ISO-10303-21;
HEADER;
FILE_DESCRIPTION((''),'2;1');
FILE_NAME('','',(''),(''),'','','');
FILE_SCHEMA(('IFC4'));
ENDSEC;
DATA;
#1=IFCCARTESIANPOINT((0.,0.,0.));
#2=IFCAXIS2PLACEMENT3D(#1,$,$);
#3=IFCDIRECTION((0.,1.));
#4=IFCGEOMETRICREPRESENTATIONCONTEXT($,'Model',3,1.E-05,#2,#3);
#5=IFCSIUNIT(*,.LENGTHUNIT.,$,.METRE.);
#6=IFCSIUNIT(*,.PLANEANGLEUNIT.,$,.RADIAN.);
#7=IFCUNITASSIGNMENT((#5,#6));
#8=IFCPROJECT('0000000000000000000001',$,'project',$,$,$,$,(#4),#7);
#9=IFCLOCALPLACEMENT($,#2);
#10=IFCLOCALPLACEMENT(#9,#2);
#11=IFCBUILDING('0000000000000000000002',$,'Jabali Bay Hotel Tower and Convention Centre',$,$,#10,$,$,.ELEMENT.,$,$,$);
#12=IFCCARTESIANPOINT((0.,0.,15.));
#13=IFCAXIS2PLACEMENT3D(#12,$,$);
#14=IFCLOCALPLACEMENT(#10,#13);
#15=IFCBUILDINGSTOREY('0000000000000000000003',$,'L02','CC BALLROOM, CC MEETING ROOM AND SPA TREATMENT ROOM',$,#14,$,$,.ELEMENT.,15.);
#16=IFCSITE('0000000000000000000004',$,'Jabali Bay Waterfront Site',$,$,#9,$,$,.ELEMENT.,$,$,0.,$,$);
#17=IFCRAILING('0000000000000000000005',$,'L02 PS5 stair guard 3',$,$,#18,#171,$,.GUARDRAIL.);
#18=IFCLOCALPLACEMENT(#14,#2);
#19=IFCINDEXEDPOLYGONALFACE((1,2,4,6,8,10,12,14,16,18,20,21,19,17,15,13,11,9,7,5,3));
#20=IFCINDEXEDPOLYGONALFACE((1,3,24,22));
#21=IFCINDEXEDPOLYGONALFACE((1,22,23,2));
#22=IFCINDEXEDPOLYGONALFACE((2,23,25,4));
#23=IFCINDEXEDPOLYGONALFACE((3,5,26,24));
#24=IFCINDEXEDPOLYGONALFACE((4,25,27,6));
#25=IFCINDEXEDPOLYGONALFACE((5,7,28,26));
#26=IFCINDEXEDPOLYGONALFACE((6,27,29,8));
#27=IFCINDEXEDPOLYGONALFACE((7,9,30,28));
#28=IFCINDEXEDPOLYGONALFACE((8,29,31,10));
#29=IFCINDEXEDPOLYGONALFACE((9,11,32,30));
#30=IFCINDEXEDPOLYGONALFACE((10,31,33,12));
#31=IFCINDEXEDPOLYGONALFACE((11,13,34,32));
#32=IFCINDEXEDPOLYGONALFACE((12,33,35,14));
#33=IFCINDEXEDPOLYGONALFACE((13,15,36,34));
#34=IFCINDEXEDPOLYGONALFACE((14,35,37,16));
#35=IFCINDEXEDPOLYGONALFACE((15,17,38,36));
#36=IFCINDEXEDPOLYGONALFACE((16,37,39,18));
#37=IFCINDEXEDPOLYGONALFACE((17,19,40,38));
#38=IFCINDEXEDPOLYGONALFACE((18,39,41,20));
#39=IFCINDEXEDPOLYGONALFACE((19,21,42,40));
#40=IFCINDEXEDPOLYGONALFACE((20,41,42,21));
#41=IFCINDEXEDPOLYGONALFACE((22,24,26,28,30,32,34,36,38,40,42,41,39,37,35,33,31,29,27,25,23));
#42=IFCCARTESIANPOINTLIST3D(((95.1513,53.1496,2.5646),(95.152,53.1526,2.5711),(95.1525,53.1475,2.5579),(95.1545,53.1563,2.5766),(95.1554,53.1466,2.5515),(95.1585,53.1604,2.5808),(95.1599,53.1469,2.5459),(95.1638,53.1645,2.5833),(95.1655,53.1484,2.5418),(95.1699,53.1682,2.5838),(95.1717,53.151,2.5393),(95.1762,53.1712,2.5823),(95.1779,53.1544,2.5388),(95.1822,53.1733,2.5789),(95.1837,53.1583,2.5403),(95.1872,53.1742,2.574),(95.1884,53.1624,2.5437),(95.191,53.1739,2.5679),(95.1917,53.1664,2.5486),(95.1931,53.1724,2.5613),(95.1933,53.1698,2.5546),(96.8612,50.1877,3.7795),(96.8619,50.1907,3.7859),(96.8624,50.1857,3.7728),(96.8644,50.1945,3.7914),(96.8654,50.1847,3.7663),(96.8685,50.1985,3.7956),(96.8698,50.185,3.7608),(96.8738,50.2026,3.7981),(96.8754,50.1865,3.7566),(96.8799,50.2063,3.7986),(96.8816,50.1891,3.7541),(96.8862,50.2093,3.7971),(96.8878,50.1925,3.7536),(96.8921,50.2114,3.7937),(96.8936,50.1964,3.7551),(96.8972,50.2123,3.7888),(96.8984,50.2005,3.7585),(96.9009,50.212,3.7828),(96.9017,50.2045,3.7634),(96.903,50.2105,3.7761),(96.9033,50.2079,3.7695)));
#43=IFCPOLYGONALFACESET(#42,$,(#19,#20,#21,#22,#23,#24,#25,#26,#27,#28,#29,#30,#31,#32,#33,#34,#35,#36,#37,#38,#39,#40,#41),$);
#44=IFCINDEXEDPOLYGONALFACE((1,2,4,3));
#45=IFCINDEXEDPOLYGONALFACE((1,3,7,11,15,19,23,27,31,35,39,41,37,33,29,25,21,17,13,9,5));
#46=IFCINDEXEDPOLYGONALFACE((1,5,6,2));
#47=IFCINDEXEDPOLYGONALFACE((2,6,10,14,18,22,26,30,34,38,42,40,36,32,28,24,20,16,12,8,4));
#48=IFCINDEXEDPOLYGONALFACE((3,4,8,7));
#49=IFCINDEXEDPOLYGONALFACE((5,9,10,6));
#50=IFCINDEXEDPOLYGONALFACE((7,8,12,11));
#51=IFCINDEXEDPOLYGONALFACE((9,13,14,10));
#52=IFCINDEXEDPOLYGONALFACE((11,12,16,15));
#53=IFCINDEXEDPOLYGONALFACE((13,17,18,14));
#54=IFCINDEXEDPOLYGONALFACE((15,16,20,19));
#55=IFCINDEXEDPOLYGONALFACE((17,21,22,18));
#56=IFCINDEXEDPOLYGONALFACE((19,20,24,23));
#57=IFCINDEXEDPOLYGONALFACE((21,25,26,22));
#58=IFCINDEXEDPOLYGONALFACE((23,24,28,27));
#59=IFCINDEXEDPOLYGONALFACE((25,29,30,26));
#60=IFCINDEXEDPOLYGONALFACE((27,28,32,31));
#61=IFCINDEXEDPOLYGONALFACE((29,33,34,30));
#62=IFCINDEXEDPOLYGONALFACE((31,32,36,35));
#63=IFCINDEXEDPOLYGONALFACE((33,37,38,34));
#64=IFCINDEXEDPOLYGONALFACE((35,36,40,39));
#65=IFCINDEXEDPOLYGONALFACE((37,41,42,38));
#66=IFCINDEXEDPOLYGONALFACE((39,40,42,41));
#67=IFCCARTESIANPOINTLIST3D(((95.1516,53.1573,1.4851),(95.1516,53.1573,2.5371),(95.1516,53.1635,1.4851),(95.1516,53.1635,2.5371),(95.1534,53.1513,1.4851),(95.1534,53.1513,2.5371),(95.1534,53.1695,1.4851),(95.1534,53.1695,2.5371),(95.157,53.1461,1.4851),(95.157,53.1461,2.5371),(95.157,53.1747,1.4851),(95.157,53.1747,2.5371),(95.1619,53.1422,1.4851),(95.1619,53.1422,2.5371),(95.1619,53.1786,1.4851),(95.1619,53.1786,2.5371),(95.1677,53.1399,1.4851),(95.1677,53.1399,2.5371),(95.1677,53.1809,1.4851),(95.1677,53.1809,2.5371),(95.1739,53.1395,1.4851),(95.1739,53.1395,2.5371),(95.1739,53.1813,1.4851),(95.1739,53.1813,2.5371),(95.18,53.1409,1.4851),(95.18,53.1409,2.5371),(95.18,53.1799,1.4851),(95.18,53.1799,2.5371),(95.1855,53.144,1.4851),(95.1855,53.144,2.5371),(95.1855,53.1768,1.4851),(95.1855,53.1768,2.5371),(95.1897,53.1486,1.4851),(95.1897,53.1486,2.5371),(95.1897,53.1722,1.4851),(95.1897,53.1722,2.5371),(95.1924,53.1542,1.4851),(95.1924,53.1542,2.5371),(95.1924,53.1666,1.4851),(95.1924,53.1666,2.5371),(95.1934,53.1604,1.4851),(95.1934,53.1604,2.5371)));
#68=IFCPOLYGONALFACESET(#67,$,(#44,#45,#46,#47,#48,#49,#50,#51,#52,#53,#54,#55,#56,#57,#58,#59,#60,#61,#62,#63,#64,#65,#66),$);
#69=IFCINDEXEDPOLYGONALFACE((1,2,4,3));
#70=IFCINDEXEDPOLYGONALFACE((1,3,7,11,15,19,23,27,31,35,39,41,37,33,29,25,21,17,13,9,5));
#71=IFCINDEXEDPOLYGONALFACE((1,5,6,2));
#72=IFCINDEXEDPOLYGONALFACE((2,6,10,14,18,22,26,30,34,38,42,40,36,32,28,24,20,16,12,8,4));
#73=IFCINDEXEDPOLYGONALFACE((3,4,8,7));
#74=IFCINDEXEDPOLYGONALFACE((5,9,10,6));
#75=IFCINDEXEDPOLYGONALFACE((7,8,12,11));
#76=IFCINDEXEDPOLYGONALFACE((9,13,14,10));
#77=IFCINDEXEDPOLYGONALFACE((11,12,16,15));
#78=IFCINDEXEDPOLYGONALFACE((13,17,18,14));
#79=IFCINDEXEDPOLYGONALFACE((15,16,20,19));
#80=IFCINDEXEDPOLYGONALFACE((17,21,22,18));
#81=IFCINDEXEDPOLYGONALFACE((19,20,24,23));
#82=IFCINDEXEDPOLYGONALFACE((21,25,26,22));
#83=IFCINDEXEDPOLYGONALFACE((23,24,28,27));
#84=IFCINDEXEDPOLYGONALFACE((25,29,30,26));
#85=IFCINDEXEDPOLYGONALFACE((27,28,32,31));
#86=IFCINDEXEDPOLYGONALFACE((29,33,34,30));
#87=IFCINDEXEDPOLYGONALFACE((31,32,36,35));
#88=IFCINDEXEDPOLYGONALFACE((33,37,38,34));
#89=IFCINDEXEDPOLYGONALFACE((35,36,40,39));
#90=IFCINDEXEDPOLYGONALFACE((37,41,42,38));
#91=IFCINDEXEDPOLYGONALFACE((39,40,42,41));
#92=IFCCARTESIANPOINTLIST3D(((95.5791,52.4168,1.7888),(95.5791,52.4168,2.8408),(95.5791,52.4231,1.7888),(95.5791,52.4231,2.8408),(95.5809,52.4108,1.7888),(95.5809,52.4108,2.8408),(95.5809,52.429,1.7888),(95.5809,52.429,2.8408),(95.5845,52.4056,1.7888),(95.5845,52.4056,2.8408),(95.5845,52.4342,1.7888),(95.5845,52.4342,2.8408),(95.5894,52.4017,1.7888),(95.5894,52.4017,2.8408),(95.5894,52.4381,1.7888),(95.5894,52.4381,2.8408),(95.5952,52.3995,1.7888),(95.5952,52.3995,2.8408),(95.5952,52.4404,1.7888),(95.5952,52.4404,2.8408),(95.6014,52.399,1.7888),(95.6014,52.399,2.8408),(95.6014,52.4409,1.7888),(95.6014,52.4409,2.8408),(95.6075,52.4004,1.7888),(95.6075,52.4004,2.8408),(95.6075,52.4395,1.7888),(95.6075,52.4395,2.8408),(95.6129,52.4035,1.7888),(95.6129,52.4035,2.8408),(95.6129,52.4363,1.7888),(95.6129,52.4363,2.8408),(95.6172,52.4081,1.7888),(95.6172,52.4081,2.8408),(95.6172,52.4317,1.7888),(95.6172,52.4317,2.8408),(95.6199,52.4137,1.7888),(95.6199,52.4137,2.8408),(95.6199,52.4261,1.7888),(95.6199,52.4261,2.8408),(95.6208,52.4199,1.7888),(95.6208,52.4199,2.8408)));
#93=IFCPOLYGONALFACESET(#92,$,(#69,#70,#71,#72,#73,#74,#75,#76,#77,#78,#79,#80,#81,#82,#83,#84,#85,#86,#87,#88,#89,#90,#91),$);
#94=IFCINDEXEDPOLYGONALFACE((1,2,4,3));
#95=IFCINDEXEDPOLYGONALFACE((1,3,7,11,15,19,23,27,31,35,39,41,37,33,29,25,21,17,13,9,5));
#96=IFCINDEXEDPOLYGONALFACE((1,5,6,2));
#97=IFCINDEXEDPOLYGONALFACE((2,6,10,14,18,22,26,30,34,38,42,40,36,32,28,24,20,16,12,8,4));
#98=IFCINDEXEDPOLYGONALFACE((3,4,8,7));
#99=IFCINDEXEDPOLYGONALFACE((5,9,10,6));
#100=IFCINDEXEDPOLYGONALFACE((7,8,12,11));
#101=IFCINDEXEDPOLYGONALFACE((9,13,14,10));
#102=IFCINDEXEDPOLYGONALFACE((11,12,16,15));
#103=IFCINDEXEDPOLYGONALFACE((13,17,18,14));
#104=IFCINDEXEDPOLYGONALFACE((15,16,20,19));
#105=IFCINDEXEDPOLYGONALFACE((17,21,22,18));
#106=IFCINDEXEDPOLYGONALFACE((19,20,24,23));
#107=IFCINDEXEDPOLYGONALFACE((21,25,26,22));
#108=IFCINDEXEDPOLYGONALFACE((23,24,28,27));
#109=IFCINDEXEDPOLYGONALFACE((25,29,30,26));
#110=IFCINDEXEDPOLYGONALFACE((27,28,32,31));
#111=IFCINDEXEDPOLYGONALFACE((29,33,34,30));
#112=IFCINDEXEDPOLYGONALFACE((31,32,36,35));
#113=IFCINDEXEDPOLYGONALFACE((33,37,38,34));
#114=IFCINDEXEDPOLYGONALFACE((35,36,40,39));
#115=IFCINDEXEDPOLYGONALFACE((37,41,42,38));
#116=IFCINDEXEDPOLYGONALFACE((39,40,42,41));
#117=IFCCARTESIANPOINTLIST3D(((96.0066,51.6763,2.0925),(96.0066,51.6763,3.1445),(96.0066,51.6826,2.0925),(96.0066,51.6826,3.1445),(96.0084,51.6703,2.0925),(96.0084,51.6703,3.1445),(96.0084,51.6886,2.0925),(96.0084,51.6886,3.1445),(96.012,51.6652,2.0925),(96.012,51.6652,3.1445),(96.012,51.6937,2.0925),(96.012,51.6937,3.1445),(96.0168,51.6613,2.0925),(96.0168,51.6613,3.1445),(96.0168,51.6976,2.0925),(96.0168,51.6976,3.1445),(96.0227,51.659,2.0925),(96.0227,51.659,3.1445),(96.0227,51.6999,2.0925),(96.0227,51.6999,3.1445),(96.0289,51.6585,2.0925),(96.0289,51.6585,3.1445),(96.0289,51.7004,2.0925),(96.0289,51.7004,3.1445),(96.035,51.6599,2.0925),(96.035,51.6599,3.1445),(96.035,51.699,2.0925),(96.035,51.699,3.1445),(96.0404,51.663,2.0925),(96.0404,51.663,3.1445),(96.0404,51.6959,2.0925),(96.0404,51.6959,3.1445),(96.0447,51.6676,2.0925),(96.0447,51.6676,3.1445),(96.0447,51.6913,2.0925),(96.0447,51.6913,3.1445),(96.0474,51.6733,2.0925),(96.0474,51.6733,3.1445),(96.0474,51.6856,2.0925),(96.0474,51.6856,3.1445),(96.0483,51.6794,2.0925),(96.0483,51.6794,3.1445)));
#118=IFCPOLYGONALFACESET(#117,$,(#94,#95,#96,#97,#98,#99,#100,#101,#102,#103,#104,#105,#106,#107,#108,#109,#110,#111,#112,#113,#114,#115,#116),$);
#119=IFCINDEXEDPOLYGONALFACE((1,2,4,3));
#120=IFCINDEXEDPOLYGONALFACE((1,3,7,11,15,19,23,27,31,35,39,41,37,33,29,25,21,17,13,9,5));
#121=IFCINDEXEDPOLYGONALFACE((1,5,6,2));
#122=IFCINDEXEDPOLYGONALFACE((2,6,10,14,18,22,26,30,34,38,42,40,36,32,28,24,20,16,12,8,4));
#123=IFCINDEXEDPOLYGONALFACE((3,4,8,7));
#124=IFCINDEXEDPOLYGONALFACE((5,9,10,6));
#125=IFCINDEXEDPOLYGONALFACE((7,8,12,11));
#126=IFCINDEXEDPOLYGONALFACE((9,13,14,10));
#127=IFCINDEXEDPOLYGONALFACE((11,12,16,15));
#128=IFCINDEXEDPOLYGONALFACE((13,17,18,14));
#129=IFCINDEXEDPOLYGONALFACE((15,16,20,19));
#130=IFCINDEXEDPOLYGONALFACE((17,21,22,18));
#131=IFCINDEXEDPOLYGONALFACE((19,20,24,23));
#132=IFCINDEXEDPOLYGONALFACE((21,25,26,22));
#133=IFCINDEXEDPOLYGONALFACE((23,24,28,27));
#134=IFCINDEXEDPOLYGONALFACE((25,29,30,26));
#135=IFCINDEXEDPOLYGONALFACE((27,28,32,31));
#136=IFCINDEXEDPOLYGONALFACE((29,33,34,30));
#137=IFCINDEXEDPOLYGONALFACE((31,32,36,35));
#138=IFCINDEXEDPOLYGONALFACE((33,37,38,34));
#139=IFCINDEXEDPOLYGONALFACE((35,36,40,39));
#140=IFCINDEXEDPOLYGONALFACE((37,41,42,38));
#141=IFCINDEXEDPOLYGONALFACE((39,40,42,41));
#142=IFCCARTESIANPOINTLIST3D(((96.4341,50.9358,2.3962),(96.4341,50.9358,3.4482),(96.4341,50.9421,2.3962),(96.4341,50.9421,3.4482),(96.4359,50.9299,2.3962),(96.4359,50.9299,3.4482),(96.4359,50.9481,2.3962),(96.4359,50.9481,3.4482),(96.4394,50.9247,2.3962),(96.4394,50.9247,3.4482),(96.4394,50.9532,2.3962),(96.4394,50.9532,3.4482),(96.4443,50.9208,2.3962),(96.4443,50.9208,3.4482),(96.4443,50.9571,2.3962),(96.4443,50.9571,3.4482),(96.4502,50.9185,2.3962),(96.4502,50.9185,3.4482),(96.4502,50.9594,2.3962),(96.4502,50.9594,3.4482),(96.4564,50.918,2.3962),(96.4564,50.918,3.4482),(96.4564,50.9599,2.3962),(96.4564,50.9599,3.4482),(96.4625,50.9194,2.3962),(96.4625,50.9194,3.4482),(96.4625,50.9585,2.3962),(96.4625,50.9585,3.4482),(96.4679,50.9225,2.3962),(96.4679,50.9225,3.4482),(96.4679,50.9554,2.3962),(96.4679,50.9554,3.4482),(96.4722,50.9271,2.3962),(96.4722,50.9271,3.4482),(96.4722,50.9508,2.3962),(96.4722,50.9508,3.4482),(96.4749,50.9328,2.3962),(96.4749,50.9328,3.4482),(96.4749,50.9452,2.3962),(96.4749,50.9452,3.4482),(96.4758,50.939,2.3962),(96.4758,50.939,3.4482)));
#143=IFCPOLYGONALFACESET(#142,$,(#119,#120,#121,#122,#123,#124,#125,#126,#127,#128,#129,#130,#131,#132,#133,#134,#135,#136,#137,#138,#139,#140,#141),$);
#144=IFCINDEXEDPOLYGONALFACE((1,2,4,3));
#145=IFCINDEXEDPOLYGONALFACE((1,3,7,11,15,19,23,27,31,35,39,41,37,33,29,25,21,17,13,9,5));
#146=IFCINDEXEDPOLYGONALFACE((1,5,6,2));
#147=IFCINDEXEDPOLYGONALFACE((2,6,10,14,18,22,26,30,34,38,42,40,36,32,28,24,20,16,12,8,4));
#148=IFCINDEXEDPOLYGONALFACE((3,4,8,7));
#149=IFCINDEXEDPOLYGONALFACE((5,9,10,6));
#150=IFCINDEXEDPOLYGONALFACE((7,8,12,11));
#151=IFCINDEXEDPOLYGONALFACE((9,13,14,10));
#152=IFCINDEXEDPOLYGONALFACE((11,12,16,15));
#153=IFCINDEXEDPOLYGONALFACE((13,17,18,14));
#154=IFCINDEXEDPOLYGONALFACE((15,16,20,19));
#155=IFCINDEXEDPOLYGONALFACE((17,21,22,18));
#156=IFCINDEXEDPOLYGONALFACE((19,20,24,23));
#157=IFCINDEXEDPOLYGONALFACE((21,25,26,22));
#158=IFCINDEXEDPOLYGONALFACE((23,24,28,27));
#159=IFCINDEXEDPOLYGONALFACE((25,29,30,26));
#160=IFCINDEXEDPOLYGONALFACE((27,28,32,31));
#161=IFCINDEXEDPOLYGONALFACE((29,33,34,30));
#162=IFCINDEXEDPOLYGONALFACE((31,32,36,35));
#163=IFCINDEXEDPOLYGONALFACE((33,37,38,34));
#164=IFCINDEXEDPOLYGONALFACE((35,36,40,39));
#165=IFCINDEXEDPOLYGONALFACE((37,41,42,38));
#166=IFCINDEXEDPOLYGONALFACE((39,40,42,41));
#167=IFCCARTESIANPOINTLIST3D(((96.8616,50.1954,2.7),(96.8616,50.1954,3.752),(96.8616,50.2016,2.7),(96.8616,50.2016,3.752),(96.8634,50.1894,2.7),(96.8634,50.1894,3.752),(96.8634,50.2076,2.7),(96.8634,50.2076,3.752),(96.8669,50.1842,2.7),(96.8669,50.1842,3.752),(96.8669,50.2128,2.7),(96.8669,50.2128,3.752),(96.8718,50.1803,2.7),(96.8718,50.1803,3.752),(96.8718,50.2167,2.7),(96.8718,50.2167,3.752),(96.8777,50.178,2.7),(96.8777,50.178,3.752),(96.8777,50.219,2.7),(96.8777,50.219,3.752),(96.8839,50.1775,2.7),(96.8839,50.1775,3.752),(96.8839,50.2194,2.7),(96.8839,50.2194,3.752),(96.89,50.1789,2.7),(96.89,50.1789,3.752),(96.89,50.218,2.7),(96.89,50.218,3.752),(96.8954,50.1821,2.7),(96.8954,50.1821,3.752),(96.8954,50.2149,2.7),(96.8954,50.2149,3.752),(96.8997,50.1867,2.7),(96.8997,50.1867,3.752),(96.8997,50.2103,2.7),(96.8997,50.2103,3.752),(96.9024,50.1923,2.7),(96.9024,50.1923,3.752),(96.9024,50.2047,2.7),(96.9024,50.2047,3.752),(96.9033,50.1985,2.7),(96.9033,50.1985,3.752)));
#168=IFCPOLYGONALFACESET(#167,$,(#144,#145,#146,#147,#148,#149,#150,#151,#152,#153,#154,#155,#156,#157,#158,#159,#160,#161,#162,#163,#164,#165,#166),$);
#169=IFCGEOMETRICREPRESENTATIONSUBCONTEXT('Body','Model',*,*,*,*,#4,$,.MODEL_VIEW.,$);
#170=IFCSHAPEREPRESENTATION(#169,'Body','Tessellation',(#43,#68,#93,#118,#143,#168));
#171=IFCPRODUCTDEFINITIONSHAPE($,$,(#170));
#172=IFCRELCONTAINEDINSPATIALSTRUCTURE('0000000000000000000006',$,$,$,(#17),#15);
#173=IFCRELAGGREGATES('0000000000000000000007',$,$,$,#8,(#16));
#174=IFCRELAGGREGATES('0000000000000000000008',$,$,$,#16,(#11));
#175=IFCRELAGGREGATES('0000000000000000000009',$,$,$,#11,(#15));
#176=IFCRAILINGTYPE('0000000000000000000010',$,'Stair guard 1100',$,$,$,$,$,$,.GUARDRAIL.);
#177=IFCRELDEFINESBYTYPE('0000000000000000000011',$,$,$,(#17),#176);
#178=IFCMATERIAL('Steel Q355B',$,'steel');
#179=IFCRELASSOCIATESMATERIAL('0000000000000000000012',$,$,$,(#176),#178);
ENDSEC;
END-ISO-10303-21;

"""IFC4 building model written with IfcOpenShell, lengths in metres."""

from ifc_helpers import new_model, si_unit, direction, frame, origin, origin_2d, place, context, subcontext, project, spatial, circle, extrude, material, type_object, element, save


model = new_model("IFC4")

# Units and contexts
model_context = context("Model", 3, precision=1e-05, world=origin(), true_north=direction((0.0, 1.0)))
body_context = subcontext(model_context, "Body", "Model", "MODEL_VIEW")
ifc_project = project(units=[si_unit("LENGTHUNIT", "METRE"), si_unit("PLANEANGLEUNIT", "RADIAN")], contexts=[model_context])

# Site, building, storey
site_placement = place(None, origin())
site = spatial("IfcSite", under=ifc_project, at=site_placement, Name="Jabali Bay Waterfront Site", CompositionType="ELEMENT", RefElevation=0.0)
building_placement = place(site_placement, origin())
building = spatial("IfcBuilding", under=site, at=building_placement, Name="Jabali Bay Hotel Tower and Convention Centre", CompositionType="ELEMENT")
storey_placement = place(building_placement, frame((0.0, 0.0, 15.0)))
storey = spatial("IfcBuildingStorey", under=building, at=storey_placement, Name="L02", Description="CC BALLROOM, CC MEETING ROOM AND SPA TREATMENT ROOM", CompositionType="ELEMENT", Elevation=15.0)

# Railing
ifc_material_1 = material(Name="Steel Q355B", Category="steel")
railing_type_1 = type_object("IfcRailingType", Name="Stair guard 1100", PredefinedType="GUARDRAIL", material=ifc_material_1)
railing_1_placement = place(storey_placement, frame((95.1724, 53.1604, 1.4851)))
element("IfcRailing", 1, at=railing_1_placement, inside=storey, type_object=railing_type_1, Name="L02 PS5 stair guard 3", PredefinedType="GUARDRAIL", context=body_context, shape_type="SweptSolid", body=[
    extrude(circle(Radius=0.0239, at=origin_2d()), frame((0.0, 0.0, 1.0762), z_axis=(0.471138, -0.816083, 0.33472), x_axis=(0.866038, 0.499978, 0.0)), (0.0, 0.0, 1.0), 3.6294),
    extrude(circle(Radius=0.021, at=origin_2d()), origin(), (0.0, 0.0, 1.0), 1.052),
    extrude(circle(Radius=0.021, at=origin_2d()), frame((0.4275, -0.7405, 0.3037)), (0.0, 0.0, 1.0), 1.052),
    extrude(circle(Radius=0.021, at=origin_2d()), frame((0.855, -1.481, 0.6074)), (0.0, 0.0, 1.0), 1.052),
    extrude(circle(Radius=0.021, at=origin_2d()), frame((1.2825, -2.2214, 0.9111)), (0.0, 0.0, 1.0), 1.052),
    extrude(circle(Radius=0.021, at=origin_2d()), frame((1.71, -2.9619, 1.2148)), (0.0, 0.0, 1.0), 1.052),
])

save(model, "model.ifc")
